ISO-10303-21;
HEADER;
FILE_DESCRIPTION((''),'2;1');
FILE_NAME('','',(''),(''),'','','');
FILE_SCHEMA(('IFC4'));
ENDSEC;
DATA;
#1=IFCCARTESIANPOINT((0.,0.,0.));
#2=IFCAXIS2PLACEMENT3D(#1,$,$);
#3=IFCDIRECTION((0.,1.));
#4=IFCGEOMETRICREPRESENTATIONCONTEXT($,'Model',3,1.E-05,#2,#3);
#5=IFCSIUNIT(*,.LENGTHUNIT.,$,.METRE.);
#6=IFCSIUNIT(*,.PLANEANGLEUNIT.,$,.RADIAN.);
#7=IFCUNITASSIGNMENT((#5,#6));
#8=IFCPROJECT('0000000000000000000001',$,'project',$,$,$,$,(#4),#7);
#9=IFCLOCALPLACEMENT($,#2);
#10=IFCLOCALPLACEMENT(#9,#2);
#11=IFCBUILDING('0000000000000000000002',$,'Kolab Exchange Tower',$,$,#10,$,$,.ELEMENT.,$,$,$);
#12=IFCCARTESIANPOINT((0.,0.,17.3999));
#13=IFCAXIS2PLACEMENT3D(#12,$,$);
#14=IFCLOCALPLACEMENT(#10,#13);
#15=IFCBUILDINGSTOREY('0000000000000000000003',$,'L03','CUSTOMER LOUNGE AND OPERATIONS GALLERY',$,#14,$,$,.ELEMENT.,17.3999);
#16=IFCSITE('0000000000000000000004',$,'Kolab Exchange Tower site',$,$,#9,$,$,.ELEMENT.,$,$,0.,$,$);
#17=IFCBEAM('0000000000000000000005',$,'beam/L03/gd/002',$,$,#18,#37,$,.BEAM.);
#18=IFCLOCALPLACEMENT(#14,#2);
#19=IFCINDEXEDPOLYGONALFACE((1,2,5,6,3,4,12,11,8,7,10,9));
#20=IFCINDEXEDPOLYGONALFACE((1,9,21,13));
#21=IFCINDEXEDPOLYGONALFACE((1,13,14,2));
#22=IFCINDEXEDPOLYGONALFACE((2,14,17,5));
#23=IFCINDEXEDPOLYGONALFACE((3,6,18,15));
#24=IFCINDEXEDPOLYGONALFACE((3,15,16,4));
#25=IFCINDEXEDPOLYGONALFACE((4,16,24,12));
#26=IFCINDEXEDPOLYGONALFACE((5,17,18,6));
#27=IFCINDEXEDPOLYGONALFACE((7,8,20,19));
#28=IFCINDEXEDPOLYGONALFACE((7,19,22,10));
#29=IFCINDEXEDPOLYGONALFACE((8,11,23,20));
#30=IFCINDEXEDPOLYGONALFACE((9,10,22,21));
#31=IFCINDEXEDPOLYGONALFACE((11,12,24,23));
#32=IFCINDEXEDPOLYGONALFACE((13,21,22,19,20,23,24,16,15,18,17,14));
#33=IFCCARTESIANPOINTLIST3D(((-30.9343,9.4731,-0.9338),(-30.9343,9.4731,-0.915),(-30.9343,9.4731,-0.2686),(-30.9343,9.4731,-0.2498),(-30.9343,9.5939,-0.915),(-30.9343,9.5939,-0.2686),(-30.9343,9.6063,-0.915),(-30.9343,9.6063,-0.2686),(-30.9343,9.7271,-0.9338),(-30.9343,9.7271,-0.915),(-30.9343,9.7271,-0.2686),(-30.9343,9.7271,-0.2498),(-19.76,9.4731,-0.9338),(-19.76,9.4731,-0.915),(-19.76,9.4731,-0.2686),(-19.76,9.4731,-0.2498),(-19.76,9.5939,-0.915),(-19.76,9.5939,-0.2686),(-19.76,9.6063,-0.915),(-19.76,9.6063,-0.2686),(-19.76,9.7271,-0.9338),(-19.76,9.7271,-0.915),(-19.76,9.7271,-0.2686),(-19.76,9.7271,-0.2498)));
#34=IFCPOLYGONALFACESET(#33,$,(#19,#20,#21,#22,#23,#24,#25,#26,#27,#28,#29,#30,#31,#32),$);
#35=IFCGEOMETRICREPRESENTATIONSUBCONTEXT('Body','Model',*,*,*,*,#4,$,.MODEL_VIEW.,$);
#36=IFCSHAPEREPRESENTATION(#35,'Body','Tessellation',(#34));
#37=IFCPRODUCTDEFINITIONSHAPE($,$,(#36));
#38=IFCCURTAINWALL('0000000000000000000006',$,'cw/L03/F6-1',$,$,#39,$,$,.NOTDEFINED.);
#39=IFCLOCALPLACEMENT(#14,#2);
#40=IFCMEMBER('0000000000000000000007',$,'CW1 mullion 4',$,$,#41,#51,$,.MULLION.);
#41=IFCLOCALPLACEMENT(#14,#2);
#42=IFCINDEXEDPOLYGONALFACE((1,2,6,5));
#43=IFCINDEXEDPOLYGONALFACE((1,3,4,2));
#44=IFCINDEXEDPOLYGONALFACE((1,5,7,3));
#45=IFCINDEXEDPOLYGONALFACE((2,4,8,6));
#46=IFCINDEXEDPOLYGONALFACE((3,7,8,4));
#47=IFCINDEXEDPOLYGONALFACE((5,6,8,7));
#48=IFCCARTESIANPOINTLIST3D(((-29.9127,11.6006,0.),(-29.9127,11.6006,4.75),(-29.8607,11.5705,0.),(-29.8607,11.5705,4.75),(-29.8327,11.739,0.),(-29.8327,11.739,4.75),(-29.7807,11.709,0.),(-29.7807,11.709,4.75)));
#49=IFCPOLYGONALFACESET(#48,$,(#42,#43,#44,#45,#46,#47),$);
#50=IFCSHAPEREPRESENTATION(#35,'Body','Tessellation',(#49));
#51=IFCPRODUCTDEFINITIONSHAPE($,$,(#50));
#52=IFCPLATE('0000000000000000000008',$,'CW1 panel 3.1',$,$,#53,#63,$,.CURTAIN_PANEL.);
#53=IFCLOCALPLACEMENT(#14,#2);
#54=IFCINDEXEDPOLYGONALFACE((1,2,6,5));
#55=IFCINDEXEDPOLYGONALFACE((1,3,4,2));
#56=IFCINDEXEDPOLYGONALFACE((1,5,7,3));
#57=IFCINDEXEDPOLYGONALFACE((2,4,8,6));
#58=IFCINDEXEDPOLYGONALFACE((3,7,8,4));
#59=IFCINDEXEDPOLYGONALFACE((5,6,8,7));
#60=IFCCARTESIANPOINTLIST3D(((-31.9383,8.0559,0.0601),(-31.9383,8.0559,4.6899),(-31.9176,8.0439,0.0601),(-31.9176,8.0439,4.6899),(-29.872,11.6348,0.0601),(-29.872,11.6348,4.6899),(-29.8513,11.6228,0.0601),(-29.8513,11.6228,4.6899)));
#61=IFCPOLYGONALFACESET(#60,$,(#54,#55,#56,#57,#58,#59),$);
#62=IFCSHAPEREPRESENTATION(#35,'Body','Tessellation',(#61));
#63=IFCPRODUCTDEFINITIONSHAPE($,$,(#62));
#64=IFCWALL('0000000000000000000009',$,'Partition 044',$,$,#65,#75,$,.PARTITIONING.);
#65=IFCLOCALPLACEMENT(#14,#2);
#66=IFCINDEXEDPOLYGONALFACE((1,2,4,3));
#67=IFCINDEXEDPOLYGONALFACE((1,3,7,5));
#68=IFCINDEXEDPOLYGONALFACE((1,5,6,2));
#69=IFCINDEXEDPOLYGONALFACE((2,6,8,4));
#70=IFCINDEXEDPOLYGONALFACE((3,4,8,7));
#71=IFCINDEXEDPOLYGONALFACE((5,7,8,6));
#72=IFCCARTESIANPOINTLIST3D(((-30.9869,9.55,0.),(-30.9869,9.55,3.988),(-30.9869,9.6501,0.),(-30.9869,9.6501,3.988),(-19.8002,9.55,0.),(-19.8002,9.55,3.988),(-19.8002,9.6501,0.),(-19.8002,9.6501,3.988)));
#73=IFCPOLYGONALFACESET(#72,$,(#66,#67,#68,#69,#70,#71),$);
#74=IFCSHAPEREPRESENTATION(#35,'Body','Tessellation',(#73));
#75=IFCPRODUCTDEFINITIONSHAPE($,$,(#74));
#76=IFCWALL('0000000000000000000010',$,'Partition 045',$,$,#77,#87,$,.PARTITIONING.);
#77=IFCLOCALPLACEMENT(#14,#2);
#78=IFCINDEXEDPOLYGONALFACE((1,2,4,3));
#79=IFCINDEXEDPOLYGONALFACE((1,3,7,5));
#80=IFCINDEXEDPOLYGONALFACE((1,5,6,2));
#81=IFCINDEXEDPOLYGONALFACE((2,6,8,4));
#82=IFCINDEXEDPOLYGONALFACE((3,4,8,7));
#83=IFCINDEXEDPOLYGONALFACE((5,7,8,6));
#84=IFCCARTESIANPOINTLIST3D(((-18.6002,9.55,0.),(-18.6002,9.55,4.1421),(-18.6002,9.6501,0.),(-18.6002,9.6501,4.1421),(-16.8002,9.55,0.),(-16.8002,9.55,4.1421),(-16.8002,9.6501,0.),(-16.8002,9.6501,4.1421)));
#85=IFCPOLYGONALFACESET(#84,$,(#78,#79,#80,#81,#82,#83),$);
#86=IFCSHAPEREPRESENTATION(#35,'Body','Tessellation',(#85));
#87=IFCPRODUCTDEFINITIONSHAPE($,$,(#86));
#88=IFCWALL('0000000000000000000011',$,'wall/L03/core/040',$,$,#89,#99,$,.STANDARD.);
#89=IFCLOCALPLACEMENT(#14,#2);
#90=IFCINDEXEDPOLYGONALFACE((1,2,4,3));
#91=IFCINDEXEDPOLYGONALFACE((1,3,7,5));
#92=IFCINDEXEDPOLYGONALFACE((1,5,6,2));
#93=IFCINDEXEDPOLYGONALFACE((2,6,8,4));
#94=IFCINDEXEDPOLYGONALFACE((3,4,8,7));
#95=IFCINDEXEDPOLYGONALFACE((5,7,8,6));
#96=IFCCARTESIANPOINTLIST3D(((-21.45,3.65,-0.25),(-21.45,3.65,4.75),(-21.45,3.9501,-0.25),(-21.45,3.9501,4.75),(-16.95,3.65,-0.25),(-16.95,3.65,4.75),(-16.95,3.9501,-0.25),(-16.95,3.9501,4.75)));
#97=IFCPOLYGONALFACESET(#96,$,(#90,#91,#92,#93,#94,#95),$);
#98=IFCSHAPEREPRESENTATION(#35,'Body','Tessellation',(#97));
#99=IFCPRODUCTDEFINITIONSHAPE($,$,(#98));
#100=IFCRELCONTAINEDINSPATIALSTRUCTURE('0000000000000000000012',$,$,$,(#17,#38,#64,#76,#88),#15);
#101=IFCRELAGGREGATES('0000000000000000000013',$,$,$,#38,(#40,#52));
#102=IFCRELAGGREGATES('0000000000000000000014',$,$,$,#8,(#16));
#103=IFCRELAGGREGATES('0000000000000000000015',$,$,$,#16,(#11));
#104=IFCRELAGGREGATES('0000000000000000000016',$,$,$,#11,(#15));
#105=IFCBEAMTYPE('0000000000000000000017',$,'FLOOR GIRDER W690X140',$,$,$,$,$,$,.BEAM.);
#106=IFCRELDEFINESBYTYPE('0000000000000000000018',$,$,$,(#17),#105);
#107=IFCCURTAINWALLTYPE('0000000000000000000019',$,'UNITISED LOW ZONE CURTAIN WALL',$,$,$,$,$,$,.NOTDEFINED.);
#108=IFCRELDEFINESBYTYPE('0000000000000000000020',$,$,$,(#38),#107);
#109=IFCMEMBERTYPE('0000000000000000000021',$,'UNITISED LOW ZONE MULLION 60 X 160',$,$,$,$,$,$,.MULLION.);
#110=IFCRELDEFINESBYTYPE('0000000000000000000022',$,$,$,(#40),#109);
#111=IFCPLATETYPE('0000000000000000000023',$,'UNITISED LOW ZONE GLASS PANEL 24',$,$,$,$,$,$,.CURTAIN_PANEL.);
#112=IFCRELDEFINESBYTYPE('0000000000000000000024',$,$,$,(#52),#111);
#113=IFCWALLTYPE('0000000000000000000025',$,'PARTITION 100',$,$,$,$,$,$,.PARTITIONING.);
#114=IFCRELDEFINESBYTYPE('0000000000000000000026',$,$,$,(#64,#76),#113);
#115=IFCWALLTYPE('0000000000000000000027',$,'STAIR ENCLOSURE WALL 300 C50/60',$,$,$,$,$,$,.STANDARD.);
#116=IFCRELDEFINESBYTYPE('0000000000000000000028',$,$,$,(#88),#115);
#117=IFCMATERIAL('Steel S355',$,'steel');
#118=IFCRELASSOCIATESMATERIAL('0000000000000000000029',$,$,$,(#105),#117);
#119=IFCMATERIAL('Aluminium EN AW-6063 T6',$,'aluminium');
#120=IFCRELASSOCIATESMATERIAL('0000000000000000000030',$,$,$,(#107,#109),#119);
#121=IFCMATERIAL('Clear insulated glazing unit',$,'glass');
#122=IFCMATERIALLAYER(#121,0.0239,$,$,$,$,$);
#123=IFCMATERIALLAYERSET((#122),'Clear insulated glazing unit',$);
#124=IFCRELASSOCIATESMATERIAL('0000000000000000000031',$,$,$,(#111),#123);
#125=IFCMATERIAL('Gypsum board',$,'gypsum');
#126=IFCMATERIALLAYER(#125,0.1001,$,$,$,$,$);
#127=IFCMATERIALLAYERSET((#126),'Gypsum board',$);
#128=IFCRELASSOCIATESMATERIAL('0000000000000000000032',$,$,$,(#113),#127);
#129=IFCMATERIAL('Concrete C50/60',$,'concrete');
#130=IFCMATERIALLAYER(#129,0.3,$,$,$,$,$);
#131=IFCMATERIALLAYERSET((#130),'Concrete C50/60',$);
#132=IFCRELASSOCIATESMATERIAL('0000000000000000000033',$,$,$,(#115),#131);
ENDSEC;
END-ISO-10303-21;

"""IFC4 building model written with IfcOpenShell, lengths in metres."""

from ifc_helpers import new_model, si_unit, direction, frame, frame_2d, origin, origin_2d, place, context, subcontext, project, spatial, rectangle, i_section, extrude, material, layer, layer_set, material_profile, profile_set, type_object, element, aggregate, save


model = new_model("IFC4")

# Units and contexts
model_context = context("Model", 3, precision=1e-05, world=origin(), true_north=direction((0.0, 1.0)))
body_context = subcontext(model_context, "Body", "Model", "MODEL_VIEW")
ifc_project = project(units=[si_unit("LENGTHUNIT", "METRE"), si_unit("PLANEANGLEUNIT", "RADIAN")], contexts=[model_context])

# Site, building, storey
site_placement = place(None, origin())
site = spatial("IfcSite", under=ifc_project, at=site_placement, Name="Kolab Exchange Tower site", CompositionType="ELEMENT", RefElevation=0.0)
building_placement = place(site_placement, origin())
building = spatial("IfcBuilding", under=site, at=building_placement, Name="Kolab Exchange Tower", CompositionType="ELEMENT")
storey_placement = place(building_placement, frame((0.0, 0.0, 17.3999)))
storey = spatial("IfcBuildingStorey", under=building, at=storey_placement, Name="L03", Description="CUSTOMER LOUNGE AND OPERATIONS GALLERY", CompositionType="ELEMENT", Elevation=17.3999)

# Beam
ifc_material_1 = material(Name="Steel S355", Category="steel")
ifc_material_profile_1 = material_profile(ifc_material_1, i_section(OverallWidth=0.2539, OverallDepth=0.6841, WebThickness=0.0125, FlangeThickness=0.0188, at=origin_2d()), Name="W690X140")
ifc_profile_set_1 = profile_set([ifc_material_profile_1], Name="Steel S355")
beam_type_1 = type_object("IfcBeamType", Name="FLOOR GIRDER W690X140", PredefinedType="BEAM", material=ifc_profile_set_1)
beam_1_placement = place(storey_placement, frame((-30.9343, 9.6001, -0.5918), z_axis=(1.0, 0.0, 0.0), x_axis=(0.0, 1.0, 0.0)))
element("IfcBeam", 1, at=beam_1_placement, inside=storey, type_object=beam_type_1, Name="beam/L03/gd/002", PredefinedType="BEAM", context=body_context, shape_type="SweptSolid", body=[
    extrude(i_section(OverallWidth=0.2539, OverallDepth=0.6841, WebThickness=0.0125, FlangeThickness=0.0188, at=origin_2d()), origin(), (0.0, 0.0, 1.0), 11.1743),
])

# Curtain wall, member, plate
ifc_material_2 = material(Name="Aluminium EN AW-6063 T6", Category="aluminium")
curtain_wall_type = type_object("IfcCurtainWallType", Name="UNITISED LOW ZONE CURTAIN WALL", PredefinedType="NOTDEFINED", material=ifc_material_2)
curtain_wall_placement = place(storey_placement, origin())
curtain_wall = element("IfcCurtainWall", 2, at=curtain_wall_placement, inside=storey, type_object=curtain_wall_type, Name="cw/L03/F6-1", PredefinedType="NOTDEFINED")
ifc_material_profile_2 = material_profile(ifc_material_2, rectangle(XDim=0.0601, YDim=0.1599, at=origin_2d()), Name="RECT 60X160")
ifc_profile_set_2 = profile_set([ifc_material_profile_2], Name="Aluminium EN AW-6063 T6")
member_type = type_object("IfcMemberType", Name="UNITISED LOW ZONE MULLION 60 X 160", PredefinedType="MULLION", material=ifc_profile_set_2)
member_placement = place(storey_placement, frame((-29.8467, 11.6548, 0.0), z_axis=(0.0, 0.0, 1.0), x_axis=(-0.866025, 0.5, 0.0)))
member = element("IfcMember", 3, at=member_placement, type_object=member_type, Name="CW1 mullion 4", PredefinedType="MULLION", context=body_context, shape_type="SweptSolid", body=[
    extrude(rectangle(XDim=0.0601, YDim=0.1599, at=origin_2d()), origin(), (0.0, 0.0, 1.0), 4.75),
])
ifc_material_3 = material(Name="Clear insulated glazing unit", Category="glass")
ifc_layer_1 = layer(ifc_material_3, 0.0239)
ifc_layer_set_1 = layer_set([ifc_layer_1], Name="Clear insulated glazing unit")
plate_type = type_object("IfcPlateType", Name="UNITISED LOW ZONE GLASS PANEL 24", PredefinedType="CURTAIN_PANEL", material=ifc_layer_set_1)
plate_placement = place(storey_placement, frame((-30.8948, 9.8394, 0.0601), z_axis=(0.0, 0.0, 1.0), x_axis=(0.5, 0.866025, 0.0)))
plate = element("IfcPlate", 4, at=plate_placement, type_object=plate_type, Name="CW1 panel 3.1", PredefinedType="CURTAIN_PANEL", context=body_context, shape_type="SweptSolid", body=[
    extrude(rectangle(XDim=4.1326, YDim=0.0239, at=origin_2d()), origin(), (0.0, 0.0, 1.0), 4.6299),
])
aggregate(curtain_wall, [member, plate])

# Walls
ifc_material_4 = material(Name="Gypsum board", Category="gypsum")
ifc_layer_2 = layer(ifc_material_4, 0.1001)
ifc_layer_set_2 = layer_set([ifc_layer_2], Name="Gypsum board")
wall_type_1 = type_object("IfcWallType", Name="PARTITION 100", PredefinedType="PARTITIONING", material=ifc_layer_set_2)
wall_1_placement = place(storey_placement, frame((-30.9868, 9.6001, 0.0), z_axis=(0.0, 0.0, 1.0), x_axis=(1.0, 0.0, 0.0)))
element("IfcWall", 5, at=wall_1_placement, inside=storey, type_object=wall_type_1, Name="Partition 044", PredefinedType="PARTITIONING", context=body_context, shape_type="SweptSolid", body=[
    extrude(rectangle(XDim=11.1868, YDim=0.1001, at=frame_2d((5.5933, 0.0))), origin(), (0.0, 0.0, 1.0), 3.988),
])
wall_2_placement = place(storey_placement, frame((-18.6001, 9.6001, 0.0), z_axis=(0.0, 0.0, 1.0), x_axis=(1.0, 0.0, 0.0)))
element("IfcWall", 6, at=wall_2_placement, inside=storey, type_object=wall_type_1, Name="Partition 045", PredefinedType="PARTITIONING", context=body_context, shape_type="SweptSolid", body=[
    extrude(rectangle(XDim=1.8, YDim=0.1001, at=frame_2d((0.8999, 0.0))), origin(), (0.0, 0.0, 1.0), 4.1421),
])
ifc_material_5 = material(Name="Concrete C50/60", Category="concrete")
ifc_layer_3 = layer(ifc_material_5, 0.3)
ifc_layer_set_3 = layer_set([ifc_layer_3], Name="Concrete C50/60")
wall_type_2 = type_object("IfcWallType", Name="STAIR ENCLOSURE WALL 300 C50/60", PredefinedType="STANDARD", material=ifc_layer_set_3)
wall_3_placement = place(storey_placement, frame((-21.45, 3.8, -0.25), z_axis=(0.0, 0.0, 1.0), x_axis=(1.0, 0.0, 0.0)))
element("IfcWall", 7, at=wall_3_placement, inside=storey, type_object=wall_type_2, Name="wall/L03/core/040", PredefinedType="STANDARD", context=body_context, shape_type="SweptSolid", body=[
    extrude(rectangle(XDim=4.5, YDim=0.3, at=frame_2d((2.25, 0.0))), origin(), (0.0, 0.0, 1.0), 5.0),
])

save(model, "model.ifc")
